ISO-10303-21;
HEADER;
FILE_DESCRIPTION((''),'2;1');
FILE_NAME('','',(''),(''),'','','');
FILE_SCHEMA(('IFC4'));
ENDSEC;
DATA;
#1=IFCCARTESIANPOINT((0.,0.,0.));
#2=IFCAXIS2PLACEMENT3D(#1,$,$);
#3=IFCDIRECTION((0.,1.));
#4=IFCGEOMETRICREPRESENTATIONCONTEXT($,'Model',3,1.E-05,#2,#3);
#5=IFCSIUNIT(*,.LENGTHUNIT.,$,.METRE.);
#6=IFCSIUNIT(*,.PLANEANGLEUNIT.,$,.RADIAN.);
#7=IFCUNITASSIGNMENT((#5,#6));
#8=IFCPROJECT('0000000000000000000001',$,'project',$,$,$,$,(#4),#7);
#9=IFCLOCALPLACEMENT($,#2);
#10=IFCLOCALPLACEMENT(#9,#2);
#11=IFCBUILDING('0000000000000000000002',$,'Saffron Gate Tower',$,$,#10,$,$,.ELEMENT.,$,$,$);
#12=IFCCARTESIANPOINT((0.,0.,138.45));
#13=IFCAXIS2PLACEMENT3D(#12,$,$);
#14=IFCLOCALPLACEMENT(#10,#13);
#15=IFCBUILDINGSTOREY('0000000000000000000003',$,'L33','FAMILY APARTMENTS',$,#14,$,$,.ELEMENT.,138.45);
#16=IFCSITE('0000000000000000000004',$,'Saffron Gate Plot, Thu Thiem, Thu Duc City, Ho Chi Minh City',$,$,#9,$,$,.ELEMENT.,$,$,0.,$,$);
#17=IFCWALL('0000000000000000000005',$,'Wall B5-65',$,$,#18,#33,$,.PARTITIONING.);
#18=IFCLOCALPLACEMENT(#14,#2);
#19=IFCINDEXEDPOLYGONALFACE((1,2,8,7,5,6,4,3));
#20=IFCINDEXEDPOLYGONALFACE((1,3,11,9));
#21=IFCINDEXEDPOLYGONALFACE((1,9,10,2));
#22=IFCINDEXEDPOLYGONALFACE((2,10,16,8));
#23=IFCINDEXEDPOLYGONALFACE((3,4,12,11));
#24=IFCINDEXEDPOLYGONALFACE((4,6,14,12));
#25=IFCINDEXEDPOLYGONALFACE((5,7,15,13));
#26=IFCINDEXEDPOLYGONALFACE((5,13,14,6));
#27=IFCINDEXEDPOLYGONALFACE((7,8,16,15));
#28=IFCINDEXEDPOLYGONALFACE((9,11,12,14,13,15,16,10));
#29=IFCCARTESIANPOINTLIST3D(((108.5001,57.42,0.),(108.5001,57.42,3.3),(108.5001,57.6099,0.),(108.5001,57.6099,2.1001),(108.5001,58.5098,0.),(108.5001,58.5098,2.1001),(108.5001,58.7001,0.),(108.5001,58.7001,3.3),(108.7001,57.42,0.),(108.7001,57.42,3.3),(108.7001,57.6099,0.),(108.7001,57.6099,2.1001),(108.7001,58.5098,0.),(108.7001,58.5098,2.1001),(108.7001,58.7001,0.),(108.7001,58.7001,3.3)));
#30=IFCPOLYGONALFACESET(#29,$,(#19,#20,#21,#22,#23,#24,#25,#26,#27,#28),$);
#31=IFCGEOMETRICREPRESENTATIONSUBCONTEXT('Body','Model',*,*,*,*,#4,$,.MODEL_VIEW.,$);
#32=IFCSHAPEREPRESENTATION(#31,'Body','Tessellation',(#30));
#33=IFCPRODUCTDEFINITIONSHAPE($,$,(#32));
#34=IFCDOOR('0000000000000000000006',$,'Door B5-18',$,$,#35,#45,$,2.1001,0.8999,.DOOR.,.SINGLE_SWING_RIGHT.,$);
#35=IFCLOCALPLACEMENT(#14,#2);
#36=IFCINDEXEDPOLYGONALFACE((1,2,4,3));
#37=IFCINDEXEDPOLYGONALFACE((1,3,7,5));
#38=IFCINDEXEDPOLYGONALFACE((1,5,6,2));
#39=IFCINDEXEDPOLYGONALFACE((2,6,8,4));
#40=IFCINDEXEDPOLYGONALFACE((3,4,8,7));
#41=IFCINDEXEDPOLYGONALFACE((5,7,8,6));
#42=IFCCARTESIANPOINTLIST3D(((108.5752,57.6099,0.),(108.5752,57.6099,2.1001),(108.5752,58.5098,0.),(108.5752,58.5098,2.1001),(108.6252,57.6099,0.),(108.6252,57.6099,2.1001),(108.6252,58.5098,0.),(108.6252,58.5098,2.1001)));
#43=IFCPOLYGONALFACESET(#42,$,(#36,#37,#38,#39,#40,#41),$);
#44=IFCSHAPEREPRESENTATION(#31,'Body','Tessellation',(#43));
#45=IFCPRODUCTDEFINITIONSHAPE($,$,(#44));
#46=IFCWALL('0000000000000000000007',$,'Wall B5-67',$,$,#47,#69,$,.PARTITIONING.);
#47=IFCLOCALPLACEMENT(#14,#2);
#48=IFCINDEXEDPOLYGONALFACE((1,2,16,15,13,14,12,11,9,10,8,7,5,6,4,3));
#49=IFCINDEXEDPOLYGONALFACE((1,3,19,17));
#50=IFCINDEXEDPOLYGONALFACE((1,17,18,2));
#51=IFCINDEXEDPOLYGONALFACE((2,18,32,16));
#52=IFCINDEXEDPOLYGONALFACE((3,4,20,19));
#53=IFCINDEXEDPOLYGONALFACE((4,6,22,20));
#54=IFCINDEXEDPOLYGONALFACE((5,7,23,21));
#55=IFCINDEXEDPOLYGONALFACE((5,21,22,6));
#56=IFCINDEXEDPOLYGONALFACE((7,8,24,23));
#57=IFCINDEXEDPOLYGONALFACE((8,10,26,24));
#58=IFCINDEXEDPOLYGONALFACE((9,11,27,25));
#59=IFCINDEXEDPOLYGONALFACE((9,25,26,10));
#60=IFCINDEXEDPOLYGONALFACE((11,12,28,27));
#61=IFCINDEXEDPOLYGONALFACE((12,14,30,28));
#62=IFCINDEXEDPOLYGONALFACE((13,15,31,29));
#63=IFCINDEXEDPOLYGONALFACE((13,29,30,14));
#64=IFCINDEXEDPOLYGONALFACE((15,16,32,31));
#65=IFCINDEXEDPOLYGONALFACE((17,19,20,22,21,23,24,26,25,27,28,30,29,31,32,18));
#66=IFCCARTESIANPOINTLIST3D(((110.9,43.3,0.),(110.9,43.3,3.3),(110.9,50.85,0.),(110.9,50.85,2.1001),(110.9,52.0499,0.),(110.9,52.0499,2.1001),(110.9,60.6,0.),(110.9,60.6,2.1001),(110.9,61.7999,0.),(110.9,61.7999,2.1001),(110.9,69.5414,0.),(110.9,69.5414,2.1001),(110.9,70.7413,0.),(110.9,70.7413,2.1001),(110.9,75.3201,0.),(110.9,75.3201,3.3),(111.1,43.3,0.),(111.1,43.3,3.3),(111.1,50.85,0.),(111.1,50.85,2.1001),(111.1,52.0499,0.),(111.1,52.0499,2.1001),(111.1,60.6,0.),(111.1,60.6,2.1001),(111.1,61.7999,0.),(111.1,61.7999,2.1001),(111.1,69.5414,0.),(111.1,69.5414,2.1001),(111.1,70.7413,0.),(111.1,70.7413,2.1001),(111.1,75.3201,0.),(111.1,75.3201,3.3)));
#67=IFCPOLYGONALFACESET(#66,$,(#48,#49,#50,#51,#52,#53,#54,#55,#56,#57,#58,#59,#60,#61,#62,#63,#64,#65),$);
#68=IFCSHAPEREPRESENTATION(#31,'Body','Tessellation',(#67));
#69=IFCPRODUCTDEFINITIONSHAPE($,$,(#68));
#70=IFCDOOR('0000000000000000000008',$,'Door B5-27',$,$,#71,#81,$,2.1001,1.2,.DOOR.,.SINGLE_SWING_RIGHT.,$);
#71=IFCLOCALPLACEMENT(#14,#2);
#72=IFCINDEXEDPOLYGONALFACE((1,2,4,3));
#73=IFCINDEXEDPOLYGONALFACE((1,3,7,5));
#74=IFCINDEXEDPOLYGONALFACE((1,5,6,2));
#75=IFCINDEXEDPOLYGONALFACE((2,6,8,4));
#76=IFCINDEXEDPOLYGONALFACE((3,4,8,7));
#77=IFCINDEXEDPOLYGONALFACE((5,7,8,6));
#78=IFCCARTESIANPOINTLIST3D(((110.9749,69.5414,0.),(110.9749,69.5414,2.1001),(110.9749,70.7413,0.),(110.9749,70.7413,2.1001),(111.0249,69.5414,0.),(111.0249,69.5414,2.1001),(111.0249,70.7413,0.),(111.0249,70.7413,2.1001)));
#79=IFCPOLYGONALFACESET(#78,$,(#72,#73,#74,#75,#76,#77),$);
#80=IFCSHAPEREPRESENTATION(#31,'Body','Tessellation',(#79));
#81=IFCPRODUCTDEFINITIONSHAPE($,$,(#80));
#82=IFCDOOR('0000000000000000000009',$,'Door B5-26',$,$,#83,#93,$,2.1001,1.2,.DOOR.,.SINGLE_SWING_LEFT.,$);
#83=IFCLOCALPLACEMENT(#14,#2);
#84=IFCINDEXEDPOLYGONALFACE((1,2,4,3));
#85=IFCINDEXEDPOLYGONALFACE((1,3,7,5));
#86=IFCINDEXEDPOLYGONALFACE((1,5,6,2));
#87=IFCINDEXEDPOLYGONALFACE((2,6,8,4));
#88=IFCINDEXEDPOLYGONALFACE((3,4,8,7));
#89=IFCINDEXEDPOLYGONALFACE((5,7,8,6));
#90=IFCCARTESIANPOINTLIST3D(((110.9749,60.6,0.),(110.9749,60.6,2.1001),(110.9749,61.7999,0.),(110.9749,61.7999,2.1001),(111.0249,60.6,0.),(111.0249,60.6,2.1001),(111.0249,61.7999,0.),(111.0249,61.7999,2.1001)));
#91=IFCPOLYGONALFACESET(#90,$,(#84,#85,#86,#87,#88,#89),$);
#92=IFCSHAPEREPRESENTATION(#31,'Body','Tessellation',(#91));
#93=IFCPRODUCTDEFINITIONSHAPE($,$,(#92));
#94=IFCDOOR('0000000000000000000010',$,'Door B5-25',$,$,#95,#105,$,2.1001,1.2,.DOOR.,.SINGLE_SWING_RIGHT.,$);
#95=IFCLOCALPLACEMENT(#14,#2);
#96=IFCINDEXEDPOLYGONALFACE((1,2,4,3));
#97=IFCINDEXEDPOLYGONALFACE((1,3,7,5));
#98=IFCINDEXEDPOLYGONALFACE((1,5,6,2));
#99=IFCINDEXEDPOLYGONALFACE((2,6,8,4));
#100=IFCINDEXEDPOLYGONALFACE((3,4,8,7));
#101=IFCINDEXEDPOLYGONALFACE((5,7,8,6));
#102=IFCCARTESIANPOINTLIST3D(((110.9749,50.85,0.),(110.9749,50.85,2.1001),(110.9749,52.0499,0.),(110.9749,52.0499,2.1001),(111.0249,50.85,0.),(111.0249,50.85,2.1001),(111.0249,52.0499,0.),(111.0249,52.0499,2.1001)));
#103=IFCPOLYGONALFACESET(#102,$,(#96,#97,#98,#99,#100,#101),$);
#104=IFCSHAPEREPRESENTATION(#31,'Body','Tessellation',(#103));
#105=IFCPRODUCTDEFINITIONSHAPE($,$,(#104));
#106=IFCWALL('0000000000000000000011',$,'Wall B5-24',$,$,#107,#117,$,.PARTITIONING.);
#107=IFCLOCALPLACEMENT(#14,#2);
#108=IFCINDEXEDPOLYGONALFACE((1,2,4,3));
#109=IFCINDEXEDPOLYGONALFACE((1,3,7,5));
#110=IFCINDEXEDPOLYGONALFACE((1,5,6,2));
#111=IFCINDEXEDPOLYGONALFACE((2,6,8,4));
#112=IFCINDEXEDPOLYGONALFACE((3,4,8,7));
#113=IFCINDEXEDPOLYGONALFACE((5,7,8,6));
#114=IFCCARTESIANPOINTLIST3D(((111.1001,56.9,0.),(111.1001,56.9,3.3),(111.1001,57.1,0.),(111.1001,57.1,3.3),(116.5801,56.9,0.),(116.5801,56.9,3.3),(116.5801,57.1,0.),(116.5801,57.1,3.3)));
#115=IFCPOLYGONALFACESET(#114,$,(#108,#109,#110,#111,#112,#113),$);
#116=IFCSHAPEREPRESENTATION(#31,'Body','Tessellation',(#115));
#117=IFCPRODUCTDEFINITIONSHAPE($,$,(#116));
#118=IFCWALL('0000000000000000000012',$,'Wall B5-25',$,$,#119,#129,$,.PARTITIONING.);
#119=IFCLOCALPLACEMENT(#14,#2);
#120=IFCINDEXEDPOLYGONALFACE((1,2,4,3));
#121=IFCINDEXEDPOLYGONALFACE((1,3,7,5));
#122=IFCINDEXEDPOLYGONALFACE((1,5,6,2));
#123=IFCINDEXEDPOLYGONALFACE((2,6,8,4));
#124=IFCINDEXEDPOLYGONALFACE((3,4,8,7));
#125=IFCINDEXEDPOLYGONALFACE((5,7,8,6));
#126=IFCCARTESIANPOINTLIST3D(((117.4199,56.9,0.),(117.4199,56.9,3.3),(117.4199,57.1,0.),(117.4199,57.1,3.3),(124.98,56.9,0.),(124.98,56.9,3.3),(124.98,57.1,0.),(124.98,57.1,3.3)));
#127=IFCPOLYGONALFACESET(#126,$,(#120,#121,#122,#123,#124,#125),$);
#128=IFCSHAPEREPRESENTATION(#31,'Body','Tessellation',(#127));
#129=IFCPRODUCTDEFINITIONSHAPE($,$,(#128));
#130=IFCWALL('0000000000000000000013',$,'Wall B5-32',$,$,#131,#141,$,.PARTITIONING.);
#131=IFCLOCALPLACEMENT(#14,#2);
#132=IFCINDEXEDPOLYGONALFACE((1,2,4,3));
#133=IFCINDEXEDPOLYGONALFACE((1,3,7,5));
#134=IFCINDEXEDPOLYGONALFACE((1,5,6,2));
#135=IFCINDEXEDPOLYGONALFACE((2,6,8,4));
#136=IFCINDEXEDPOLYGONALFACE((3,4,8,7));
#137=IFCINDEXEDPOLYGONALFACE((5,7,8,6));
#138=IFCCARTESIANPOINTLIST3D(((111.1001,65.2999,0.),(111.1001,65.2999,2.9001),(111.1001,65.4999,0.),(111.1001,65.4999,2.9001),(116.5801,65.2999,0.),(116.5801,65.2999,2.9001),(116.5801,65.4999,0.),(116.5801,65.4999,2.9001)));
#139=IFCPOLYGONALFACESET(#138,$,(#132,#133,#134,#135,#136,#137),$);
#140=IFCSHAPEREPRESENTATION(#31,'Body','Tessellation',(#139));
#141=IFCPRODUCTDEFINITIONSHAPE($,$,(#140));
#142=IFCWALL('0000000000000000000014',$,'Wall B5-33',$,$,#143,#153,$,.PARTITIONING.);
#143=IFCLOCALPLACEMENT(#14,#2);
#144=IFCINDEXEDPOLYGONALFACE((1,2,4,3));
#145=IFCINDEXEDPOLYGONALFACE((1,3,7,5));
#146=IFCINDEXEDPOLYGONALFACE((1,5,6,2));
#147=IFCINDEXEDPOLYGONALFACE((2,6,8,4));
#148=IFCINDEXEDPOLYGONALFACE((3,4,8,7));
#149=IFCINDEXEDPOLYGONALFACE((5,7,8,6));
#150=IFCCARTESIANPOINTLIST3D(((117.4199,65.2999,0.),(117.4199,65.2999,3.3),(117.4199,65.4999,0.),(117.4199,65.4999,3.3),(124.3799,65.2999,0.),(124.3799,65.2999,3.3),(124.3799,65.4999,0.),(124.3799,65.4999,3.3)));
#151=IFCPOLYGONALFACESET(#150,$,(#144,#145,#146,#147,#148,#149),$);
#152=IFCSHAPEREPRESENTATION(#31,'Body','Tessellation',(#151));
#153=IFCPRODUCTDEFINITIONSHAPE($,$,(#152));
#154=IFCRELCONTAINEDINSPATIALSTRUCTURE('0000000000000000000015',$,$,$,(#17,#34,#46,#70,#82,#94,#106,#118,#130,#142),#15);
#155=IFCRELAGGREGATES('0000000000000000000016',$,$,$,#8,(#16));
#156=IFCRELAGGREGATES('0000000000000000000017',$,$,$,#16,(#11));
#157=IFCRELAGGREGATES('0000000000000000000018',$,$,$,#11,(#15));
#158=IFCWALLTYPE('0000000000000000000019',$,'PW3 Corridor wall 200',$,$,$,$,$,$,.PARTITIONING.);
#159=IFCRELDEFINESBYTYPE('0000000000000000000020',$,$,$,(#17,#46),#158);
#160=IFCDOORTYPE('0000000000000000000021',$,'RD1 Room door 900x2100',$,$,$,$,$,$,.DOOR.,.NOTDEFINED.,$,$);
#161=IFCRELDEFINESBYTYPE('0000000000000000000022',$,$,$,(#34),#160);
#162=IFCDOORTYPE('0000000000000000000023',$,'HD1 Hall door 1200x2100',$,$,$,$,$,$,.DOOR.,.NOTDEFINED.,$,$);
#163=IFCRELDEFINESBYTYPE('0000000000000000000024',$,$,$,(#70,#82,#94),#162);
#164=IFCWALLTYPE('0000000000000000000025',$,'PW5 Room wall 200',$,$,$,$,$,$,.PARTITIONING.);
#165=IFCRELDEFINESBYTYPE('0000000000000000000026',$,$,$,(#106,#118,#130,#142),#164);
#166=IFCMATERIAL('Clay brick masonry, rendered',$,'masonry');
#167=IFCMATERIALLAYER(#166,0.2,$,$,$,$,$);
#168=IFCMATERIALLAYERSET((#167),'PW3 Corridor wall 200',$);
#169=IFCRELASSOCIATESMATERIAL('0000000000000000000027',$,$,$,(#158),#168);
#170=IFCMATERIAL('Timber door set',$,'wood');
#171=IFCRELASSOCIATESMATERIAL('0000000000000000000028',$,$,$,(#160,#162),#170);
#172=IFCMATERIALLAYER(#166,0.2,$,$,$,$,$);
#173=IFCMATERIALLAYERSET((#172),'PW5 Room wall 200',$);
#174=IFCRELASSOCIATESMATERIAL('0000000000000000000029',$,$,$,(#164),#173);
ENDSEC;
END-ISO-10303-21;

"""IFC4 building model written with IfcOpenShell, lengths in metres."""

from ifc_helpers import new_model, si_unit, direction, frame, frame_2d, origin, place, context, subcontext, project, spatial, rectangle, extrude, material, layer, layer_set, type_object, element, fill, save


model = new_model("IFC4")

# Units and contexts
model_context = context("Model", 3, precision=1e-05, world=origin(), true_north=direction((0.0, 1.0)))
body_context = subcontext(model_context, "Body", "Model", "MODEL_VIEW")
ifc_project = project(units=[si_unit("LENGTHUNIT", "METRE"), si_unit("PLANEANGLEUNIT", "RADIAN")], contexts=[model_context])

# Site, building, storey
site_placement = place(None, origin())
site = spatial("IfcSite", under=ifc_project, at=site_placement, Name="Saffron Gate Plot, Thu Thiem, Thu Duc City, Ho Chi Minh City", CompositionType="ELEMENT", RefElevation=0.0)
building_placement = place(site_placement, origin())
building = spatial("IfcBuilding", under=site, at=building_placement, Name="Saffron Gate Tower", CompositionType="ELEMENT")
storey_placement = place(building_placement, frame((0.0, 0.0, 138.45)))
storey = spatial("IfcBuildingStorey", under=building, at=storey_placement, Name="L33", Description="FAMILY APARTMENTS", CompositionType="ELEMENT", Elevation=138.45)

# Wall, opening, door
ifc_material_1 = material(Name="Clay brick masonry, rendered", Category="masonry")
ifc_layer_1 = layer(ifc_material_1, 0.2)
ifc_layer_set_1 = layer_set([ifc_layer_1], Name="PW3 Corridor wall 200")
wall_type_1 = type_object("IfcWallType", Name="PW3 Corridor wall 200", PredefinedType="PARTITIONING", material=ifc_layer_set_1)
wall_1_placement = place(storey_placement, frame((108.6001, 57.4199, 0.0), z_axis=(0.0, 0.0, 1.0), x_axis=(0.0, 1.0, 0.0)))
wall_1 = element("IfcWall", 1, at=wall_1_placement, inside=storey, type_object=wall_type_1, Name="Wall B5-65", PredefinedType="PARTITIONING", context=body_context, shape_type="SweptSolid", body=[
    extrude(rectangle(XDim=1.28, YDim=0.2, at=frame_2d((0.6401, 0.0))), origin(), (0.0, 0.0, 1.0), 3.3),
])
opening_1_placement = place(wall_1_placement, frame((0.1899, 0.0, 0.0)))
opening_1 = element("IfcOpeningElement", 2, at=opening_1_placement, cuts=wall_1, PredefinedType="OPENING", context=body_context, shape_type="SweptSolid", body=[
    extrude(rectangle(XDim=0.8999, YDim=2.1001, at=frame_2d((0.45, 1.05))), frame((0.0, 0.1099, 0.0), z_axis=(0.0, -1.0, 0.0), x_axis=(1.0, 0.0, 0.0)), (0.0, 0.0, 1.0), 0.22),
])
ifc_material_2 = material(Name="Timber door set", Category="wood")
door_type_1 = type_object("IfcDoorType", Name="RD1 Room door 900x2100", OperationType="NOTDEFINED", PredefinedType="DOOR", material=ifc_material_2)
door_1_placement = place(opening_1_placement, origin())
door_1 = element("IfcDoor", 3, at=door_1_placement, inside=storey, type_object=door_type_1, Name="Door B5-18", OperationType="SINGLE_SWING_RIGHT", OverallHeight=2.1001, OverallWidth=0.8999, PredefinedType="DOOR", context=body_context, shape_type="SweptSolid", body=[
    extrude(rectangle(XDim=0.8999, YDim=2.1001, at=frame_2d((0.45, 1.05))), frame((0.0, 0.0249, 0.0), z_axis=(0.0, -1.0, 0.0), x_axis=(1.0, 0.0, 0.0)), (0.0, 0.0, 1.0), 0.05),
])
fill(opening_1, door_1)

# Wall, openings, doors
wall_2_placement = place(storey_placement, frame((111.0, 75.3201, 0.0), z_axis=(0.0, 0.0, 1.0), x_axis=(0.0, -1.0, 0.0)))
wall_2 = element("IfcWall", 4, at=wall_2_placement, inside=storey, type_object=wall_type_1, Name="Wall B5-67", PredefinedType="PARTITIONING", context=body_context, shape_type="SweptSolid", body=[
    extrude(rectangle(XDim=32.02, YDim=0.2, at=frame_2d((16.01, 0.0))), origin(), (0.0, 0.0, 1.0), 3.3),
])
opening_2_placement = place(wall_2_placement, frame((4.5786, 0.0, 0.0)))
opening_2 = element("IfcOpeningElement", 5, at=opening_2_placement, cuts=wall_2, PredefinedType="OPENING", context=body_context, shape_type="SweptSolid", body=[
    extrude(rectangle(XDim=1.2, YDim=2.1001, at=frame_2d((0.6001, 1.05))), frame((0.0, 0.1099, 0.0), z_axis=(0.0, -1.0, 0.0), x_axis=(1.0, 0.0, 0.0)), (0.0, 0.0, 1.0), 0.22),
])
opening_3_placement = place(wall_2_placement, frame((13.52, 0.0, 0.0)))
opening_3 = element("IfcOpeningElement", 6, at=opening_3_placement, cuts=wall_2, PredefinedType="OPENING", context=body_context, shape_type="SweptSolid", body=[
    extrude(rectangle(XDim=1.2, YDim=2.1001, at=frame_2d((0.6001, 1.05))), frame((0.0, 0.1099, 0.0), z_axis=(0.0, -1.0, 0.0), x_axis=(1.0, 0.0, 0.0)), (0.0, 0.0, 1.0), 0.22),
])
opening_4_placement = place(wall_2_placement, frame((23.27, 0.0, 0.0)))
opening_4 = element("IfcOpeningElement", 7, at=opening_4_placement, cuts=wall_2, PredefinedType="OPENING", context=body_context, shape_type="SweptSolid", body=[
    extrude(rectangle(XDim=1.2, YDim=2.1001, at=frame_2d((0.6001, 1.05))), frame((0.0, 0.1099, 0.0), z_axis=(0.0, -1.0, 0.0), x_axis=(1.0, 0.0, 0.0)), (0.0, 0.0, 1.0), 0.22),
])
door_type_2 = type_object("IfcDoorType", Name="HD1 Hall door 1200x2100", OperationType="NOTDEFINED", PredefinedType="DOOR", material=ifc_material_2)
door_2_placement = place(opening_2_placement, origin())
door_2 = element("IfcDoor", 8, at=door_2_placement, inside=storey, type_object=door_type_2, Name="Door B5-27", OperationType="SINGLE_SWING_RIGHT", OverallHeight=2.1001, OverallWidth=1.2, PredefinedType="DOOR", context=body_context, shape_type="SweptSolid", body=[
    extrude(rectangle(XDim=1.2, YDim=2.1001, at=frame_2d((0.6001, 1.05))), frame((0.0, 0.0249, 0.0), z_axis=(0.0, -1.0, 0.0), x_axis=(1.0, 0.0, 0.0)), (0.0, 0.0, 1.0), 0.05),
])
fill(opening_2, door_2)
door_3_placement = place(opening_3_placement, origin())
door_3 = element("IfcDoor", 9, at=door_3_placement, inside=storey, type_object=door_type_2, Name="Door B5-26", OperationType="SINGLE_SWING_LEFT", OverallHeight=2.1001, OverallWidth=1.2, PredefinedType="DOOR", context=body_context, shape_type="SweptSolid", body=[
    extrude(rectangle(XDim=1.2, YDim=2.1001, at=frame_2d((0.6001, 1.05))), frame((0.0, 0.0249, 0.0), z_axis=(0.0, -1.0, 0.0), x_axis=(1.0, 0.0, 0.0)), (0.0, 0.0, 1.0), 0.05),
])
fill(opening_3, door_3)
door_4_placement = place(opening_4_placement, origin())
door_4 = element("IfcDoor", 10, at=door_4_placement, inside=storey, type_object=door_type_2, Name="Door B5-25", OperationType="SINGLE_SWING_RIGHT", OverallHeight=2.1001, OverallWidth=1.2, PredefinedType="DOOR", context=body_context, shape_type="SweptSolid", body=[
    extrude(rectangle(XDim=1.2, YDim=2.1001, at=frame_2d((0.6001, 1.05))), frame((0.0, 0.0249, 0.0), z_axis=(0.0, -1.0, 0.0), x_axis=(1.0, 0.0, 0.0)), (0.0, 0.0, 1.0), 0.05),
])
fill(opening_4, door_4)

# Walls
ifc_layer_2 = layer(ifc_material_1, 0.2)
ifc_layer_set_2 = layer_set([ifc_layer_2], Name="PW5 Room wall 200")
wall_type_2 = type_object("IfcWallType", Name="PW5 Room wall 200", PredefinedType="PARTITIONING", material=ifc_layer_set_2)
wall_3_placement = place(storey_placement, frame((111.1001, 57.0, 0.0), z_axis=(0.0, 0.0, 1.0), x_axis=(1.0, 0.0, 0.0)))
element("IfcWall", 11, at=wall_3_placement, inside=storey, type_object=wall_type_2, Name="Wall B5-24", PredefinedType="PARTITIONING", context=body_context, shape_type="SweptSolid", body=[
    extrude(rectangle(XDim=5.48, YDim=0.2, at=frame_2d((2.74, 0.0))), origin(), (0.0, 0.0, 1.0), 3.3),
])
wall_4_placement = place(storey_placement, frame((117.4199, 57.0, 0.0), z_axis=(0.0, 0.0, 1.0), x_axis=(1.0, 0.0, 0.0)))
element("IfcWall", 12, at=wall_4_placement, inside=storey, type_object=wall_type_2, Name="Wall B5-25", PredefinedType="PARTITIONING", context=body_context, shape_type="SweptSolid", body=[
    extrude(rectangle(XDim=7.5601, YDim=0.2, at=frame_2d((3.78, 0.0))), origin(), (0.0, 0.0, 1.0), 3.3),
])
wall_5_placement = place(storey_placement, frame((111.1001, 65.3999, 0.0), z_axis=(0.0, 0.0, 1.0), x_axis=(1.0, 0.0, 0.0)))
element("IfcWall", 13, at=wall_5_placement, inside=storey, type_object=wall_type_2, Name="Wall B5-32", PredefinedType="PARTITIONING", context=body_context, shape_type="SweptSolid", body=[
    extrude(rectangle(XDim=5.48, YDim=0.2, at=frame_2d((2.74, 0.0))), origin(), (0.0, 0.0, 1.0), 2.9001),
])
wall_6_placement = place(storey_placement, frame((117.4199, 65.3999, 0.0), z_axis=(0.0, 0.0, 1.0), x_axis=(1.0, 0.0, 0.0)))
element("IfcWall", 14, at=wall_6_placement, inside=storey, type_object=wall_type_2, Name="Wall B5-33", PredefinedType="PARTITIONING", context=body_context, shape_type="SweptSolid", body=[
    extrude(rectangle(XDim=6.96, YDim=0.2, at=frame_2d((3.48, 0.0))), origin(), (0.0, 0.0, 1.0), 3.3),
])

save(model, "model.ifc")
